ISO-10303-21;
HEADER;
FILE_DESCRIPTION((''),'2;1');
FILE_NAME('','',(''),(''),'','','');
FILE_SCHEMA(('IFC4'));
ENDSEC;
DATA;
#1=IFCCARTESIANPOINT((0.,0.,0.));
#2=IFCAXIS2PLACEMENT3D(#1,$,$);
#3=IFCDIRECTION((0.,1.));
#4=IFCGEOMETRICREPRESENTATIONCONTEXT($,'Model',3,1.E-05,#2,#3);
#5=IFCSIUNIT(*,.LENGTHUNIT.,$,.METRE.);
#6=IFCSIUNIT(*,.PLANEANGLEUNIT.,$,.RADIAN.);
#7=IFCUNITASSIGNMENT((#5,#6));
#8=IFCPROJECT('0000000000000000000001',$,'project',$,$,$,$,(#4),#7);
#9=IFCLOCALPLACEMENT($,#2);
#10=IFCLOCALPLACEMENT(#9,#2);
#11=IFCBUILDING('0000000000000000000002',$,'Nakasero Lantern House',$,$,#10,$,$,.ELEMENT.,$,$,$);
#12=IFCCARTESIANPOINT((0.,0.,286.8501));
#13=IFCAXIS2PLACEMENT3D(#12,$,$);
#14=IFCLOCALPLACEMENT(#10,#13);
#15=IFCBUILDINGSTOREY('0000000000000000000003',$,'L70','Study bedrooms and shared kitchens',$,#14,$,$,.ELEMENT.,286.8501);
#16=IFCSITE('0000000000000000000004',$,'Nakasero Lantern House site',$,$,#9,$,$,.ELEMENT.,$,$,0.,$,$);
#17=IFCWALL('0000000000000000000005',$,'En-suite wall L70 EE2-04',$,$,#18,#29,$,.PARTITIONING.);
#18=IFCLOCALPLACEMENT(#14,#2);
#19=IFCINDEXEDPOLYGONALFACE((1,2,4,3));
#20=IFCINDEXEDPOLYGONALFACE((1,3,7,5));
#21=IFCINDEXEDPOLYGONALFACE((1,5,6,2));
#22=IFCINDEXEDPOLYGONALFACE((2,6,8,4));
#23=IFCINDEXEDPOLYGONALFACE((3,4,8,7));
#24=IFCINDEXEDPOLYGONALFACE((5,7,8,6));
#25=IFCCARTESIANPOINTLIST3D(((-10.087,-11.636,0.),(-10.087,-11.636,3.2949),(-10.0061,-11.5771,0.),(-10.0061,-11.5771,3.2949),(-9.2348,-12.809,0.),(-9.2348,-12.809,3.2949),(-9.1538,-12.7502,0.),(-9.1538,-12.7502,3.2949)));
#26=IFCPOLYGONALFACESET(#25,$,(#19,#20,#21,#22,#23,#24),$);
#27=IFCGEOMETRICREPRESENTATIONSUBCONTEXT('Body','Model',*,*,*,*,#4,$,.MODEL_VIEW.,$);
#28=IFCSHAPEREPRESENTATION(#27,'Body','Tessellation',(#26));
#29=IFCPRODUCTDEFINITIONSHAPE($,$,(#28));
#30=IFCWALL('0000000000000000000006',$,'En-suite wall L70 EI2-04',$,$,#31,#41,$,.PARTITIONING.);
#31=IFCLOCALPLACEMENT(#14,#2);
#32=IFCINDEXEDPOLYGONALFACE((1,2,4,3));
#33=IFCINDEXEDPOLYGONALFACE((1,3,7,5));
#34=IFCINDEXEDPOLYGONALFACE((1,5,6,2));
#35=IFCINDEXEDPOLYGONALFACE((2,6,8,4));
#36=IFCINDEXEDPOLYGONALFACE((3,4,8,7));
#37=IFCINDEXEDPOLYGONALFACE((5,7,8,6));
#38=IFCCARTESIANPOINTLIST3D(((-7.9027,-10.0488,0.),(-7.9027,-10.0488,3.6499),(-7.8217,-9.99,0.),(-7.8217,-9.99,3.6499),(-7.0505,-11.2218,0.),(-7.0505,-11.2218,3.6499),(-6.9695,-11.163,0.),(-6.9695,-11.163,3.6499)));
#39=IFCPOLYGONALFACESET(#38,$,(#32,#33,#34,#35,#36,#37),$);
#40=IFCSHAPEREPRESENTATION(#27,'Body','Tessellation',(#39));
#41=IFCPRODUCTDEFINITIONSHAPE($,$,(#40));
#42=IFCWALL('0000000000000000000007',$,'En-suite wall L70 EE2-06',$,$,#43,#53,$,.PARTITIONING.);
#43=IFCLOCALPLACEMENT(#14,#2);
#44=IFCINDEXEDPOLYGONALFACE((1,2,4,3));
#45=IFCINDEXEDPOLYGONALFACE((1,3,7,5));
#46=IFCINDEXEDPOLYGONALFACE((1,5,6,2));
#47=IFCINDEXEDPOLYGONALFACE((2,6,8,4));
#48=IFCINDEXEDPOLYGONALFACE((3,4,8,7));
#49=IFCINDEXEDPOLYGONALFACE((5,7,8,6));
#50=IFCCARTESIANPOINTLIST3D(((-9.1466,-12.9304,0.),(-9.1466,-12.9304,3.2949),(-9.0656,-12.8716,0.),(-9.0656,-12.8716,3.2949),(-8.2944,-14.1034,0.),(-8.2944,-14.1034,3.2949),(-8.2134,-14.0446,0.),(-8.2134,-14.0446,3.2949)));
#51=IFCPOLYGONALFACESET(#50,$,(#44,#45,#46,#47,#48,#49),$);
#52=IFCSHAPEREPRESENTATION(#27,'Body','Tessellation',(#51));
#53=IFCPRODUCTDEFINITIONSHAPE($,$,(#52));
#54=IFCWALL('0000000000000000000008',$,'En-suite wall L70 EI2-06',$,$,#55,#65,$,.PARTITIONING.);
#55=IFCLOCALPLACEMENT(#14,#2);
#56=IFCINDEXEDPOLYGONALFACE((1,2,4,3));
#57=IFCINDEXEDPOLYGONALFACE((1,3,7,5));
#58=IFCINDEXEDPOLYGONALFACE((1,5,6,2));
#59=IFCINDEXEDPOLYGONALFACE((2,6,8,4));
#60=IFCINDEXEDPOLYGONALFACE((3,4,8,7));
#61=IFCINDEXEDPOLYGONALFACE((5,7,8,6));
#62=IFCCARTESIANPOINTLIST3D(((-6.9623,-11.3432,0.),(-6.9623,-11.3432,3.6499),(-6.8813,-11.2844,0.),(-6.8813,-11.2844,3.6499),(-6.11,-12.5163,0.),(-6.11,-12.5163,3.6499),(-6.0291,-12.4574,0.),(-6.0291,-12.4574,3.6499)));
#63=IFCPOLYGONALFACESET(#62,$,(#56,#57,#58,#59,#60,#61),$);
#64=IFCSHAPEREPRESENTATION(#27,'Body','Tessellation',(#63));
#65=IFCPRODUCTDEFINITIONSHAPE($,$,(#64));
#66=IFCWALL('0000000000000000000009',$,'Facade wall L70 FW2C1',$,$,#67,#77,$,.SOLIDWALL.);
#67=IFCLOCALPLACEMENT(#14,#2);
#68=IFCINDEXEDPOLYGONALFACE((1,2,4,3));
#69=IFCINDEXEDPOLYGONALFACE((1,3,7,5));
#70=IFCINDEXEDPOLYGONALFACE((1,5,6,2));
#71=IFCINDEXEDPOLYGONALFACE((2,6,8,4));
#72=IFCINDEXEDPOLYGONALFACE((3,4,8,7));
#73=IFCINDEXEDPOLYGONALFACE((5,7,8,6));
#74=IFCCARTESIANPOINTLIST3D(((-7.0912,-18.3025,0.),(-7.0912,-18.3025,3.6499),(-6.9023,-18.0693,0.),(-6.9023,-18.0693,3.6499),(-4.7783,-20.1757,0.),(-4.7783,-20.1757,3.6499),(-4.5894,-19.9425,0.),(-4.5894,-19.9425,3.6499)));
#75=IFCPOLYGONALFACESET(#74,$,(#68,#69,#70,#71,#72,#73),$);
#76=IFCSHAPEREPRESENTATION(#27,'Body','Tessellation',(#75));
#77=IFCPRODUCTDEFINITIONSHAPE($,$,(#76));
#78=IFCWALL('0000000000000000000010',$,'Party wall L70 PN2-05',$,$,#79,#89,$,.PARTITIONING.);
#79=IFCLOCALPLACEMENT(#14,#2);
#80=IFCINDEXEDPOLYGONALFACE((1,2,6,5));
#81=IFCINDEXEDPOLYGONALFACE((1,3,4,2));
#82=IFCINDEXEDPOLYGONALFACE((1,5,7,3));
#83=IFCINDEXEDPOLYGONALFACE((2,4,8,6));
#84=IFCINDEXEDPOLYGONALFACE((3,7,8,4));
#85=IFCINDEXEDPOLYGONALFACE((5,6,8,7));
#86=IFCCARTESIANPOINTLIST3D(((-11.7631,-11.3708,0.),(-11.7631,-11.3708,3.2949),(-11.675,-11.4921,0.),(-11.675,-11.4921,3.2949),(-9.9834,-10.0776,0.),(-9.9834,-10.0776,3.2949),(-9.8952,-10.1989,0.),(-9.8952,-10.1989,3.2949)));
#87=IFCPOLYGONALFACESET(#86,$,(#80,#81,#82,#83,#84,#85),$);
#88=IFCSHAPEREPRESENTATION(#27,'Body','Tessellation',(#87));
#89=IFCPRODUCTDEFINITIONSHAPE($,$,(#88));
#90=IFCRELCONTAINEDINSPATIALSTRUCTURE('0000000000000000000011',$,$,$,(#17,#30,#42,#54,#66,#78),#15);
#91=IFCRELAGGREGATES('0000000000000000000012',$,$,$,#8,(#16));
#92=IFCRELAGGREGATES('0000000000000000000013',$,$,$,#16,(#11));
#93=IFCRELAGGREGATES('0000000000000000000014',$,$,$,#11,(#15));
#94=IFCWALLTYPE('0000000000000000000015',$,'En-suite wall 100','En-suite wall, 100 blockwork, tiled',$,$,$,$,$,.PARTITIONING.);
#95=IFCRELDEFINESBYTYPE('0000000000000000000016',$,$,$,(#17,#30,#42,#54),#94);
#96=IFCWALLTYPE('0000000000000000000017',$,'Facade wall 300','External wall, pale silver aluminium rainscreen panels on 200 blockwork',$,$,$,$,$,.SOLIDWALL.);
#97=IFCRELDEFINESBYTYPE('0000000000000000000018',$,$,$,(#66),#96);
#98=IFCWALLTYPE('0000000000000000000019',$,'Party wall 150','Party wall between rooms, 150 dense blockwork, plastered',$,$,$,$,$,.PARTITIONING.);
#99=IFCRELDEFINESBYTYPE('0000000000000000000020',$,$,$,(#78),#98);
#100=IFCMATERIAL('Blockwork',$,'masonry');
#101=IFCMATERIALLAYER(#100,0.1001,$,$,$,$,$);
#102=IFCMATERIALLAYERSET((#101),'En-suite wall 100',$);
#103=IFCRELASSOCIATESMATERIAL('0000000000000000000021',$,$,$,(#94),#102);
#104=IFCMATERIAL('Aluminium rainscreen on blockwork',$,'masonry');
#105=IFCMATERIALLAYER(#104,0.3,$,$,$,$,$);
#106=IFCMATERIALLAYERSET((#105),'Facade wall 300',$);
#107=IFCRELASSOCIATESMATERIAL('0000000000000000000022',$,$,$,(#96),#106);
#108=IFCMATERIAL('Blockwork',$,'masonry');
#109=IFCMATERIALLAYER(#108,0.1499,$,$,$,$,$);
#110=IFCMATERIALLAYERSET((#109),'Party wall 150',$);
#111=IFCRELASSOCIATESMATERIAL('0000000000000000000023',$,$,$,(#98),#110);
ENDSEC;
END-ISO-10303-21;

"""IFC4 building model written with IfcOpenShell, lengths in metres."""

from ifc_helpers import new_model, si_unit, direction, frame, frame_2d, origin, place, context, subcontext, project, spatial, rectangle, extrude, material, layer, layer_set, type_object, element, save


model = new_model("IFC4")

# Units and contexts
model_context = context("Model", 3, precision=1e-05, world=origin(), true_north=direction((0.0, 1.0)))
body_context = subcontext(model_context, "Body", "Model", "MODEL_VIEW")
ifc_project = project(units=[si_unit("LENGTHUNIT", "METRE"), si_unit("PLANEANGLEUNIT", "RADIAN")], contexts=[model_context])

# Site, building, storey
site_placement = place(None, origin())
site = spatial("IfcSite", under=ifc_project, at=site_placement, Name="Nakasero Lantern House site", CompositionType="ELEMENT", RefElevation=0.0)
building_placement = place(site_placement, origin())
building = spatial("IfcBuilding", under=site, at=building_placement, Name="Nakasero Lantern House", CompositionType="ELEMENT")
storey_placement = place(building_placement, frame((0.0, 0.0, 286.8501)))
storey = spatial("IfcBuildingStorey", under=building, at=storey_placement, Name="L70", Description="Study bedrooms and shared kitchens", CompositionType="ELEMENT", Elevation=286.8501)

# Shared definitions
ifc_material_1 = material(Name="Blockwork", Category="masonry")
ifc_layer_1 = layer(ifc_material_1, 0.1001)
ifc_layer_set_1 = layer_set([ifc_layer_1], Name="En-suite wall 100")
wall_type_1 = type_object("IfcWallType", Name="En-suite wall 100", Description="En-suite wall, 100 blockwork, tiled", PredefinedType="PARTITIONING", material=ifc_layer_set_1)

# Walls
wall_1_placement = place(storey_placement, frame((-10.0466, -11.6064, 0.0), z_axis=(0.0, 0.0, 1.0), x_axis=(0.587781, -0.80902, 0.0)))
element("IfcWall", 1, at=wall_1_placement, inside=storey, type_object=wall_type_1, Name="En-suite wall L70 EE2-04", PredefinedType="PARTITIONING", context=body_context, shape_type="SweptSolid", body=[
    extrude(rectangle(XDim=1.45, YDim=0.1001, at=frame_2d((0.7251, 0.0))), origin(), (0.0, 0.0, 1.0), 3.2949),
])
wall_2_placement = place(storey_placement, frame((-7.8623, -10.0193, 0.0), z_axis=(0.0, 0.0, 1.0), x_axis=(0.587781, -0.80902, 0.0)))
element("IfcWall", 2, at=wall_2_placement, inside=storey, type_object=wall_type_1, Name="En-suite wall L70 EI2-04", PredefinedType="PARTITIONING", context=body_context, shape_type="SweptSolid", body=[
    extrude(rectangle(XDim=1.45, YDim=0.1001, at=frame_2d((0.7251, 0.0))), origin(), (0.0, 0.0, 1.0), 3.6499),
])
wall_3_placement = place(storey_placement, frame((-9.1062, -12.9009, 0.0), z_axis=(0.0, 0.0, 1.0), x_axis=(0.587781, -0.80902, 0.0)))
element("IfcWall", 3, at=wall_3_placement, inside=storey, type_object=wall_type_1, Name="En-suite wall L70 EE2-06", PredefinedType="PARTITIONING", context=body_context, shape_type="SweptSolid", body=[
    extrude(rectangle(XDim=1.45, YDim=0.1001, at=frame_2d((0.7251, 0.0))), origin(), (0.0, 0.0, 1.0), 3.2949),
])
wall_4_placement = place(storey_placement, frame((-6.9219, -11.3137, 0.0), z_axis=(0.0, 0.0, 1.0), x_axis=(0.587781, -0.80902, 0.0)))
element("IfcWall", 4, at=wall_4_placement, inside=storey, type_object=wall_type_1, Name="En-suite wall L70 EI2-06", PredefinedType="PARTITIONING", context=body_context, shape_type="SweptSolid", body=[
    extrude(rectangle(XDim=1.45, YDim=0.1001, at=frame_2d((0.7251, 0.0))), origin(), (0.0, 0.0, 1.0), 3.6499),
])
ifc_material_2 = material(Name="Aluminium rainscreen on blockwork", Category="masonry")
ifc_layer_2 = layer(ifc_material_2, 0.3)
ifc_layer_set_2 = layer_set([ifc_layer_2], Name="Facade wall 300")
wall_type_2 = type_object("IfcWallType", Name="Facade wall 300", Description="External wall, pale silver aluminium rainscreen panels on 200 blockwork", PredefinedType="SOLIDWALL", material=ifc_layer_set_2)
wall_5_placement = place(storey_placement, frame((-6.9968, -18.1858, 0.0), z_axis=(0.0, 0.0, 1.0), x_axis=(0.777102, -0.629375, 0.0)))
element("IfcWall", 5, at=wall_5_placement, inside=storey, type_object=wall_type_2, Name="Facade wall L70 FW2C1", PredefinedType="SOLIDWALL", context=body_context, shape_type="SweptSolid", body=[
    extrude(rectangle(XDim=2.9763, YDim=0.3, at=frame_2d((1.4883, 0.0))), origin(), (0.0, 0.0, 1.0), 3.6499),
])
ifc_material_3 = material(Name="Blockwork", Category="masonry")
ifc_layer_3 = layer(ifc_material_3, 0.1499)
ifc_layer_set_3 = layer_set([ifc_layer_3], Name="Party wall 150")
wall_type_3 = type_object("IfcWallType", Name="Party wall 150", Description="Party wall between rooms, 150 dense blockwork, plastered", PredefinedType="PARTITIONING", material=ifc_layer_set_3)
wall_6_placement = place(storey_placement, frame((-9.9392, -10.1382, 0.0), z_axis=(0.0, 0.0, 1.0), x_axis=(-0.80899, -0.587822, 0.0)))
element("IfcWall", 6, at=wall_6_placement, inside=storey, type_object=wall_type_3, Name="Party wall L70 PN2-05", PredefinedType="PARTITIONING", context=body_context, shape_type="SweptSolid", body=[
    extrude(rectangle(XDim=2.2, YDim=0.1499, at=frame_2d((1.1001, 0.0))), origin(), (0.0, 0.0, 1.0), 3.2949),
])

save(model, "model.ifc")
